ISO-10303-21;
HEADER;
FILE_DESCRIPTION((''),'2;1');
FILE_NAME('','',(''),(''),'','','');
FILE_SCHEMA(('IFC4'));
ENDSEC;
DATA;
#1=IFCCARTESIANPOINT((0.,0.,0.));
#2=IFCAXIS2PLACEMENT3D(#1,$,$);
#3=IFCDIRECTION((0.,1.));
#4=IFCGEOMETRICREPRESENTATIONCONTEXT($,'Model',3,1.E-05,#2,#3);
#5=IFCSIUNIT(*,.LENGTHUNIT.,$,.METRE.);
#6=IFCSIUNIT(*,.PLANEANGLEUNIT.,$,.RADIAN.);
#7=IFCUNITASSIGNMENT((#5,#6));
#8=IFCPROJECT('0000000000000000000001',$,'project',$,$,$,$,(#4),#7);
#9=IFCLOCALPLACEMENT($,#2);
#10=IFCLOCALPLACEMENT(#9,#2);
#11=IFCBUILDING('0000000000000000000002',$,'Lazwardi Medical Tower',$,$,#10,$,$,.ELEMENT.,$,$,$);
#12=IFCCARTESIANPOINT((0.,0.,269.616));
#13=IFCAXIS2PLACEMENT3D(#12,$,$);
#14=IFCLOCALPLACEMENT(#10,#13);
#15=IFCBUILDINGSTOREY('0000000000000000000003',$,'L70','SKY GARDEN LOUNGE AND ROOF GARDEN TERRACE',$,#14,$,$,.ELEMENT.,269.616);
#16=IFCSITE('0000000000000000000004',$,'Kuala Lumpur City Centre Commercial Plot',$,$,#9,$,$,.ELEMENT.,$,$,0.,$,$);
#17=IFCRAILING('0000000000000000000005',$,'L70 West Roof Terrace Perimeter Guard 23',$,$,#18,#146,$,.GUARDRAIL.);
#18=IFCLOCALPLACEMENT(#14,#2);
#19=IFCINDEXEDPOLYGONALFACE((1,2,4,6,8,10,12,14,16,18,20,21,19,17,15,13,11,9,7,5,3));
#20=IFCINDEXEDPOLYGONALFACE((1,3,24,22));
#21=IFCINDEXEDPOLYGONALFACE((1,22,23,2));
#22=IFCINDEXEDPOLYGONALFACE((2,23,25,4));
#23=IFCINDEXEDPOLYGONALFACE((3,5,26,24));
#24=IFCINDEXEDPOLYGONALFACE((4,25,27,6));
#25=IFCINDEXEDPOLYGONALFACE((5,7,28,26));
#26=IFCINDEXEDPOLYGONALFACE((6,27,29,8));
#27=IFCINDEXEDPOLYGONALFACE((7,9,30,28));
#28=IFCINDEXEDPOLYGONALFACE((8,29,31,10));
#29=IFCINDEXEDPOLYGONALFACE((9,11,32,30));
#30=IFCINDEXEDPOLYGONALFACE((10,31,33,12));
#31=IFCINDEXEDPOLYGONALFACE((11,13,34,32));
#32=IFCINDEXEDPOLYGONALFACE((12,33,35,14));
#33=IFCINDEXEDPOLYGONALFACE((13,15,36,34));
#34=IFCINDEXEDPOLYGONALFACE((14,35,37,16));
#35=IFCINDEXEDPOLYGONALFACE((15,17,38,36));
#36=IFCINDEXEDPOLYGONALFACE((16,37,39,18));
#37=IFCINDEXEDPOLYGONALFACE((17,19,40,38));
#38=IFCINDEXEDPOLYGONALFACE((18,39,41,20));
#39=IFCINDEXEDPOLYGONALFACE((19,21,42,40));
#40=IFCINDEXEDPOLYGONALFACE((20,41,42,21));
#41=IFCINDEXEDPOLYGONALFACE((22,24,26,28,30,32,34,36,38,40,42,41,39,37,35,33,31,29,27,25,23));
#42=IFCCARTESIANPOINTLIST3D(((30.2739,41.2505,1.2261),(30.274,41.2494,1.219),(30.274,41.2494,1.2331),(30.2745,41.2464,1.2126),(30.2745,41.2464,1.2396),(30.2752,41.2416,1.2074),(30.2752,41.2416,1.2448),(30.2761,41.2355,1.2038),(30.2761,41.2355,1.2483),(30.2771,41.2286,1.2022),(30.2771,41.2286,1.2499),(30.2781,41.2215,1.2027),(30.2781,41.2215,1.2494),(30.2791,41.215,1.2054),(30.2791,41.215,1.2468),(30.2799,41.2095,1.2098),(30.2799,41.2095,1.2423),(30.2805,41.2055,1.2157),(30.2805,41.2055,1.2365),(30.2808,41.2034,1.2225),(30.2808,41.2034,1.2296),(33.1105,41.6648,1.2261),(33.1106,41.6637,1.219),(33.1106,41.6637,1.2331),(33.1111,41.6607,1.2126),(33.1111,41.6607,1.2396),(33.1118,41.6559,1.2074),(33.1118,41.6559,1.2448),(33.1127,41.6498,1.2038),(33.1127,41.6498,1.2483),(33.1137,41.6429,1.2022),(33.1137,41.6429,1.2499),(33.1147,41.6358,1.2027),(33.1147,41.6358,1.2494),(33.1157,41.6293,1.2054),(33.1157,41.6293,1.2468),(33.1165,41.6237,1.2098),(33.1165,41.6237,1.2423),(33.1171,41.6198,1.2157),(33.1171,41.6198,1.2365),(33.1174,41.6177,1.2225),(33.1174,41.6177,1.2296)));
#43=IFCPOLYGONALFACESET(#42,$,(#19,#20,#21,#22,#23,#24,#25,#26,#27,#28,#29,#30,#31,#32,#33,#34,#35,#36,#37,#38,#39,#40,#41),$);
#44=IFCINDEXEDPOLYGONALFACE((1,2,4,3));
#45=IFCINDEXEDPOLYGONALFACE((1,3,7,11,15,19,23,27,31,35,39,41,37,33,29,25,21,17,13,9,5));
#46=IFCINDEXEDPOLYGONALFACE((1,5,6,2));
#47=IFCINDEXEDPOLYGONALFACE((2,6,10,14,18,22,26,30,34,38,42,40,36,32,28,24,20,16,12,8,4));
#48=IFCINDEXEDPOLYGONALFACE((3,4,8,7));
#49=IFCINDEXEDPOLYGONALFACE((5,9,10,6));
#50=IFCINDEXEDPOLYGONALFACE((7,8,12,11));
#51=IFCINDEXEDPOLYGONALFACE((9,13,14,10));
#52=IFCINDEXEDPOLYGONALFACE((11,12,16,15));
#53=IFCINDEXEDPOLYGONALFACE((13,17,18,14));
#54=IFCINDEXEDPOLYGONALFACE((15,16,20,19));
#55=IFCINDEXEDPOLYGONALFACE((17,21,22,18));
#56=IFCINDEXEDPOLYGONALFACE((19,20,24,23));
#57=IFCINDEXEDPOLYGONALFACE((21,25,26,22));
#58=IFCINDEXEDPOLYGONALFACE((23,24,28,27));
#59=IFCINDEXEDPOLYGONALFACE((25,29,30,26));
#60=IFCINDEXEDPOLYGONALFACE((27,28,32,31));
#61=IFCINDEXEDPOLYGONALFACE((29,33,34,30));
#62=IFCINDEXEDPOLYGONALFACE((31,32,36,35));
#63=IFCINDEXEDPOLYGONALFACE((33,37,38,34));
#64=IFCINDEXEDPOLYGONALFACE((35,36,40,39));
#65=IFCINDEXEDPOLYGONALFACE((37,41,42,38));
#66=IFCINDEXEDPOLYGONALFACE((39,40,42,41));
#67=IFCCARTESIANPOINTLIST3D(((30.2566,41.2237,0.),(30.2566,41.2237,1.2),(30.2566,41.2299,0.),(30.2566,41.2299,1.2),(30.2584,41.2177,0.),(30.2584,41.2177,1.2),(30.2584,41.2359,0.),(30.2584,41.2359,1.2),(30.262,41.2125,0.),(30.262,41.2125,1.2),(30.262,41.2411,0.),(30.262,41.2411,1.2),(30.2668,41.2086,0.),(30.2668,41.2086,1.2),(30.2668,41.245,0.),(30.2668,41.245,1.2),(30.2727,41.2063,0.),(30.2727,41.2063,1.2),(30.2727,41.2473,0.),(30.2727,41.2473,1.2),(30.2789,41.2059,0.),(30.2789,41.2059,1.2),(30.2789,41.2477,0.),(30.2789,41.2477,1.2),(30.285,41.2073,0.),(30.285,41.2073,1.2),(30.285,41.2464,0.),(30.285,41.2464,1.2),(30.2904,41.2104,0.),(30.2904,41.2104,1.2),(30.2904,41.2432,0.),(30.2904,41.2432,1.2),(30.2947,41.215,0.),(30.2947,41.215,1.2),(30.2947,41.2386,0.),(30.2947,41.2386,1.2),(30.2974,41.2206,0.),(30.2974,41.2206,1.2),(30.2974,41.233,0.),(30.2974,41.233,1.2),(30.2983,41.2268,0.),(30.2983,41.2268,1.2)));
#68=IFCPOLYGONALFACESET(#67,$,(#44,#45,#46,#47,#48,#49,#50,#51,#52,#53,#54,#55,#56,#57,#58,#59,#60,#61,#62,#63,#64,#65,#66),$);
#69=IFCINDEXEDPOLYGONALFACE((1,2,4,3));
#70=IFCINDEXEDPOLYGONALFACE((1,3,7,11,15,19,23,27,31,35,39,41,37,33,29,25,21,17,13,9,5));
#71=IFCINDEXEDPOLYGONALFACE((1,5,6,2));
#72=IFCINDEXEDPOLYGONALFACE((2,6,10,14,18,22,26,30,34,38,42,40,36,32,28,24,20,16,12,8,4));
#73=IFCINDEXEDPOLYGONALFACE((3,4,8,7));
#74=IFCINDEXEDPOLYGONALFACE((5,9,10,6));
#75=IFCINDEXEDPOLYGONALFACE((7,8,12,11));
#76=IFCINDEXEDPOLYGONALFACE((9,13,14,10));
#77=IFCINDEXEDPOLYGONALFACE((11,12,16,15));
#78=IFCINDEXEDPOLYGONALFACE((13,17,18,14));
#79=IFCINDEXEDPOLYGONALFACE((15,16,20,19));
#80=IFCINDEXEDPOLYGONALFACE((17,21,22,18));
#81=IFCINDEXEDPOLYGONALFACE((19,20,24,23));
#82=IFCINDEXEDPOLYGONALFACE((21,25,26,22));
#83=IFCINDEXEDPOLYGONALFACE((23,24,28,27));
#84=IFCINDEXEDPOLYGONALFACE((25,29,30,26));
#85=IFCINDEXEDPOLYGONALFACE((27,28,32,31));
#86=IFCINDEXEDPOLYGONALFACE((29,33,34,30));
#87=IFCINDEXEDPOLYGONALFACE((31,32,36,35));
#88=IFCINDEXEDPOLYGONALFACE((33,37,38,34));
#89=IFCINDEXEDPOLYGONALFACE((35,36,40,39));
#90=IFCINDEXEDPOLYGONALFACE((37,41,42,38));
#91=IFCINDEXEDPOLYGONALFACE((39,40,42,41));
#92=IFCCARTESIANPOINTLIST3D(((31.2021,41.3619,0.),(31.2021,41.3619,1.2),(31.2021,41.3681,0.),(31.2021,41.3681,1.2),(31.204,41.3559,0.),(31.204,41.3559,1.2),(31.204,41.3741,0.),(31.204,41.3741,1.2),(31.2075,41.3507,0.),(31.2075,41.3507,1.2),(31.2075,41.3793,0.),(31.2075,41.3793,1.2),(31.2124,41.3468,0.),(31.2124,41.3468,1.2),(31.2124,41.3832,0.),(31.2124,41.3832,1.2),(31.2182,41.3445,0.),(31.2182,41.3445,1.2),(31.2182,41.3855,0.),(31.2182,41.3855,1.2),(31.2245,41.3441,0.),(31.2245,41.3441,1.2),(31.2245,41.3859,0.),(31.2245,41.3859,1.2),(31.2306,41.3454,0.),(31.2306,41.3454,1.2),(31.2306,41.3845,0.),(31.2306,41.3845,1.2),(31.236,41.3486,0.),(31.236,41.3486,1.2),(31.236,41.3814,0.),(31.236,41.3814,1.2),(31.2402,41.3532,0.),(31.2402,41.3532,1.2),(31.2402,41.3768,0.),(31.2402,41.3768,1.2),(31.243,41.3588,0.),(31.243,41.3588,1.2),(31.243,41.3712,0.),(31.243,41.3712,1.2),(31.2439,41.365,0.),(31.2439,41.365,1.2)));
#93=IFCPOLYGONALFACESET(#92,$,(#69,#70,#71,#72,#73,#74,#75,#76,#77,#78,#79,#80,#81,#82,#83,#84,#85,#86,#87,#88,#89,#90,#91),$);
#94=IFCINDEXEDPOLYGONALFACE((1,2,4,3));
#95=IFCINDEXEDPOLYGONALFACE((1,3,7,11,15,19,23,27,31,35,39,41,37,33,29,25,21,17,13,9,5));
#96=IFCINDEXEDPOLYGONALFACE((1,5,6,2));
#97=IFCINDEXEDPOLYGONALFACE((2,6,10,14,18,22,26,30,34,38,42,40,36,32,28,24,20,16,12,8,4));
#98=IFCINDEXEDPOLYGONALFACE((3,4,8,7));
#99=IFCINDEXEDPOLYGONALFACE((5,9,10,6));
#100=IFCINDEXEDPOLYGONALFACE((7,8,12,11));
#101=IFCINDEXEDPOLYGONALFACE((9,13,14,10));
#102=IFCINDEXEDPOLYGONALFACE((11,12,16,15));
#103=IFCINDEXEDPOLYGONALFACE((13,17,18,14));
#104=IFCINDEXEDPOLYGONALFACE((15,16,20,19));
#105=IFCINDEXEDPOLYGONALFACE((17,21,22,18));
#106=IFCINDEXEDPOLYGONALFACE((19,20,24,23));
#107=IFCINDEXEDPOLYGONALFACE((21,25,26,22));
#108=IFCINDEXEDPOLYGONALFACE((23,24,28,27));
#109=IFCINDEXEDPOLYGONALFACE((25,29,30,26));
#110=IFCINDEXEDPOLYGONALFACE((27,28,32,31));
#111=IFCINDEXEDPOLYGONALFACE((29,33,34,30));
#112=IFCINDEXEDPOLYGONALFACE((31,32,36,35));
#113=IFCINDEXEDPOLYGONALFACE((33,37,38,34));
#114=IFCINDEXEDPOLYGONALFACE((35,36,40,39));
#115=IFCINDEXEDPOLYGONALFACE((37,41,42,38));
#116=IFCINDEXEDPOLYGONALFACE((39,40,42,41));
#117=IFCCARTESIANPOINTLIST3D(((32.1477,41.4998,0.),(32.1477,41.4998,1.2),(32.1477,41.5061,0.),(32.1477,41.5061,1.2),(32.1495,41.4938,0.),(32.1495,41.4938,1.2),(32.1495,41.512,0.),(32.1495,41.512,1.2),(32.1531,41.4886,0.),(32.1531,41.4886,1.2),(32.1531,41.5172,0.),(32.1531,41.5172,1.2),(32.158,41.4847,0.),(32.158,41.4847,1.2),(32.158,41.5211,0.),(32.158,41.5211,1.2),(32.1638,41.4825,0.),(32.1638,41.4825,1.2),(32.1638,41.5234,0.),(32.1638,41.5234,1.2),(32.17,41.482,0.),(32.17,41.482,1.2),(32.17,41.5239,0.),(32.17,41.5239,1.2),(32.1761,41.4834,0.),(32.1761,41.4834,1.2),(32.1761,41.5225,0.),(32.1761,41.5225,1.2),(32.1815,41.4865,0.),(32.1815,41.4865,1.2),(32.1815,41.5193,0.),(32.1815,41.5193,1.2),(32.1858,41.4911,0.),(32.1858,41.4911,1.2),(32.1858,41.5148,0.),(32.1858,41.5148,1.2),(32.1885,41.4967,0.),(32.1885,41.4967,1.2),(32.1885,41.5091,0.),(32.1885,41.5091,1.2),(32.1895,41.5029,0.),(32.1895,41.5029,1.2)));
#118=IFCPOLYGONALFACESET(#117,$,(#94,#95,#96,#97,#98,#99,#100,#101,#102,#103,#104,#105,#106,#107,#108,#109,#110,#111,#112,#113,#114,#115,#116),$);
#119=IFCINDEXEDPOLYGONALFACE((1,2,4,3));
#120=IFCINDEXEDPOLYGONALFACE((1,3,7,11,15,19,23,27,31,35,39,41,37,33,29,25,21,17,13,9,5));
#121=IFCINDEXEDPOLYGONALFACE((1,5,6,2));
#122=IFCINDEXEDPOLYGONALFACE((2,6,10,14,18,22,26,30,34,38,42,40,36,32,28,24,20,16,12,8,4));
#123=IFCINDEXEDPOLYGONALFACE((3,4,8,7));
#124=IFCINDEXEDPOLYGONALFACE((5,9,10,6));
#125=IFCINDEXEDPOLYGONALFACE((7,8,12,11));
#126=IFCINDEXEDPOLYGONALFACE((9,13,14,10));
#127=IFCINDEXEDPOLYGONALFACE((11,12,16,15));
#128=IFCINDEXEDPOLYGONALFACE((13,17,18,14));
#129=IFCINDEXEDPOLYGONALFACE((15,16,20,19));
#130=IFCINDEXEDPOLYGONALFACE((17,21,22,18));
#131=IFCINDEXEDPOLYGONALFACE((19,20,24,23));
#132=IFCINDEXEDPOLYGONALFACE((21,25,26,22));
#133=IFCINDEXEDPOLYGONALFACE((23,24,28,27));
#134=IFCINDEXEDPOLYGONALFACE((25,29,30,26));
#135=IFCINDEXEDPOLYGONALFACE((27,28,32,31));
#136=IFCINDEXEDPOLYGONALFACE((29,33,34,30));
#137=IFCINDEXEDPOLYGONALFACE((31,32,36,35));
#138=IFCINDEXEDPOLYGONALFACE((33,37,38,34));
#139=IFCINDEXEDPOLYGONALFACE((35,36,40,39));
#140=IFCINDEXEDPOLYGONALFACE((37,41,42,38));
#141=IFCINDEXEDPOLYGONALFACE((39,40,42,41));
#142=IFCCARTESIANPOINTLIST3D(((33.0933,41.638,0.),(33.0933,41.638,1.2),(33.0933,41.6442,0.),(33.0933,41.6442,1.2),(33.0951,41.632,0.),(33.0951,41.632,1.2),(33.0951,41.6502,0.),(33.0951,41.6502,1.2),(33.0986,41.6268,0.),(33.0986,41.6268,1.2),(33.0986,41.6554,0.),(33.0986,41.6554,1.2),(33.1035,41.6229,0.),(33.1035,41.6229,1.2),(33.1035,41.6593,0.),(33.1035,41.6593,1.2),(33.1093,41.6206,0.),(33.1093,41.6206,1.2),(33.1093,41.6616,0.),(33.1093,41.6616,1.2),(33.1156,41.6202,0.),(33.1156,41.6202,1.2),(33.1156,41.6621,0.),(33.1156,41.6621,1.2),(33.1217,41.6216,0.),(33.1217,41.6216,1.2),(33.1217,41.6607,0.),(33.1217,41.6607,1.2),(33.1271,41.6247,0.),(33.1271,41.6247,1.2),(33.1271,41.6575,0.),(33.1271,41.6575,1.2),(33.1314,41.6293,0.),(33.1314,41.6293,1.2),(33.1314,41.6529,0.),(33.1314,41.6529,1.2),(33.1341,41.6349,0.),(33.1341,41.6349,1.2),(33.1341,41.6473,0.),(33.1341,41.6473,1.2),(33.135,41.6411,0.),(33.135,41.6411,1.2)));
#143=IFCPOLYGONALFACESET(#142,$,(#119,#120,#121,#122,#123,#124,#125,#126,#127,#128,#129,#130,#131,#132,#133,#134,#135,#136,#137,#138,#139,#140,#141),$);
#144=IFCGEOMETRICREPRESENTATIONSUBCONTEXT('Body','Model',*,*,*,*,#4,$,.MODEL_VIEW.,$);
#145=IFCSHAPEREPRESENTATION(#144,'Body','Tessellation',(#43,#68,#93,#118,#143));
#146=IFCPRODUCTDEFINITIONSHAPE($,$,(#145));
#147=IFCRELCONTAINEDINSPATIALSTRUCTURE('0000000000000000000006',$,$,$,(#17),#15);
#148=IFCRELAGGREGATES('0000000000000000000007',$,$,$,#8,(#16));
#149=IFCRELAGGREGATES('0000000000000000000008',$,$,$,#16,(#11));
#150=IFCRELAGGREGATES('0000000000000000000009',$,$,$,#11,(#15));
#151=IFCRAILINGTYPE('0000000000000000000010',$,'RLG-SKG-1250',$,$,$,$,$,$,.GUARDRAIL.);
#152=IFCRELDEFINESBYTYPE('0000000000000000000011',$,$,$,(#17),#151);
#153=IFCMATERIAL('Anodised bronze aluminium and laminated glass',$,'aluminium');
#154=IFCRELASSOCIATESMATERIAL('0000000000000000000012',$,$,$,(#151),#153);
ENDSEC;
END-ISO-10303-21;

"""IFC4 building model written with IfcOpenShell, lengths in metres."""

from ifc_helpers import new_model, si_unit, direction, frame, origin, origin_2d, place, context, subcontext, project, spatial, circle, extrude, material, type_object, element, save


model = new_model("IFC4")

# Units and contexts
model_context = context("Model", 3, precision=1e-05, world=origin(), true_north=direction((0.0, 1.0)))
body_context = subcontext(model_context, "Body", "Model", "MODEL_VIEW")
ifc_project = project(units=[si_unit("LENGTHUNIT", "METRE"), si_unit("PLANEANGLEUNIT", "RADIAN")], contexts=[model_context])

# Site, building, storey
site_placement = place(None, origin())
site = spatial("IfcSite", under=ifc_project, at=site_placement, Name="Kuala Lumpur City Centre Commercial Plot", CompositionType="ELEMENT", RefElevation=0.0)
building_placement = place(site_placement, origin())
building = spatial("IfcBuilding", under=site, at=building_placement, Name="Lazwardi Medical Tower", CompositionType="ELEMENT")
storey_placement = place(building_placement, frame((0.0, 0.0, 269.616)))
storey = spatial("IfcBuildingStorey", under=building, at=storey_placement, Name="L70", Description="SKY GARDEN LOUNGE AND ROOF GARDEN TERRACE", CompositionType="ELEMENT", Elevation=269.616)

# Railing
ifc_material_1 = material(Name="Anodised bronze aluminium and laminated glass", Category="aluminium")
railing_type = type_object("IfcRailingType", Name="RLG-SKG-1250", PredefinedType="GUARDRAIL", material=ifc_material_1)
railing_1_placement = place(storey_placement, frame((30.2773, 41.2268, 0.0)))
element("IfcRailing", 1, at=railing_1_placement, inside=storey, type_object=railing_type, Name="L70 West Roof Terrace Perimeter Guard 23", PredefinedType="GUARDRAIL", context=body_context, shape_type="SweptSolid", body=[
    extrude(circle(Radius=0.0239, at=origin_2d()), frame((0.0, 0.0, 1.2261), z_axis=(0.989502, 0.144521, 0.0), x_axis=(-0.144521, 0.989502, 0.0)), (0.0, 0.0, 1.0), 2.8667),
    extrude(circle(Radius=0.021, at=origin_2d()), origin(), (0.0, 0.0, 1.0), 1.2),
    extrude(circle(Radius=0.021, at=origin_2d()), frame((0.9456, 0.1382, 0.0)), (0.0, 0.0, 1.0), 1.2),
    extrude(circle(Radius=0.021, at=origin_2d()), frame((1.8911, 0.2761, 0.0)), (0.0, 0.0, 1.0), 1.2),
    extrude(circle(Radius=0.021, at=origin_2d()), frame((2.8367, 0.4143, 0.0)), (0.0, 0.0, 1.0), 1.2),
])

save(model, "model.ifc")
